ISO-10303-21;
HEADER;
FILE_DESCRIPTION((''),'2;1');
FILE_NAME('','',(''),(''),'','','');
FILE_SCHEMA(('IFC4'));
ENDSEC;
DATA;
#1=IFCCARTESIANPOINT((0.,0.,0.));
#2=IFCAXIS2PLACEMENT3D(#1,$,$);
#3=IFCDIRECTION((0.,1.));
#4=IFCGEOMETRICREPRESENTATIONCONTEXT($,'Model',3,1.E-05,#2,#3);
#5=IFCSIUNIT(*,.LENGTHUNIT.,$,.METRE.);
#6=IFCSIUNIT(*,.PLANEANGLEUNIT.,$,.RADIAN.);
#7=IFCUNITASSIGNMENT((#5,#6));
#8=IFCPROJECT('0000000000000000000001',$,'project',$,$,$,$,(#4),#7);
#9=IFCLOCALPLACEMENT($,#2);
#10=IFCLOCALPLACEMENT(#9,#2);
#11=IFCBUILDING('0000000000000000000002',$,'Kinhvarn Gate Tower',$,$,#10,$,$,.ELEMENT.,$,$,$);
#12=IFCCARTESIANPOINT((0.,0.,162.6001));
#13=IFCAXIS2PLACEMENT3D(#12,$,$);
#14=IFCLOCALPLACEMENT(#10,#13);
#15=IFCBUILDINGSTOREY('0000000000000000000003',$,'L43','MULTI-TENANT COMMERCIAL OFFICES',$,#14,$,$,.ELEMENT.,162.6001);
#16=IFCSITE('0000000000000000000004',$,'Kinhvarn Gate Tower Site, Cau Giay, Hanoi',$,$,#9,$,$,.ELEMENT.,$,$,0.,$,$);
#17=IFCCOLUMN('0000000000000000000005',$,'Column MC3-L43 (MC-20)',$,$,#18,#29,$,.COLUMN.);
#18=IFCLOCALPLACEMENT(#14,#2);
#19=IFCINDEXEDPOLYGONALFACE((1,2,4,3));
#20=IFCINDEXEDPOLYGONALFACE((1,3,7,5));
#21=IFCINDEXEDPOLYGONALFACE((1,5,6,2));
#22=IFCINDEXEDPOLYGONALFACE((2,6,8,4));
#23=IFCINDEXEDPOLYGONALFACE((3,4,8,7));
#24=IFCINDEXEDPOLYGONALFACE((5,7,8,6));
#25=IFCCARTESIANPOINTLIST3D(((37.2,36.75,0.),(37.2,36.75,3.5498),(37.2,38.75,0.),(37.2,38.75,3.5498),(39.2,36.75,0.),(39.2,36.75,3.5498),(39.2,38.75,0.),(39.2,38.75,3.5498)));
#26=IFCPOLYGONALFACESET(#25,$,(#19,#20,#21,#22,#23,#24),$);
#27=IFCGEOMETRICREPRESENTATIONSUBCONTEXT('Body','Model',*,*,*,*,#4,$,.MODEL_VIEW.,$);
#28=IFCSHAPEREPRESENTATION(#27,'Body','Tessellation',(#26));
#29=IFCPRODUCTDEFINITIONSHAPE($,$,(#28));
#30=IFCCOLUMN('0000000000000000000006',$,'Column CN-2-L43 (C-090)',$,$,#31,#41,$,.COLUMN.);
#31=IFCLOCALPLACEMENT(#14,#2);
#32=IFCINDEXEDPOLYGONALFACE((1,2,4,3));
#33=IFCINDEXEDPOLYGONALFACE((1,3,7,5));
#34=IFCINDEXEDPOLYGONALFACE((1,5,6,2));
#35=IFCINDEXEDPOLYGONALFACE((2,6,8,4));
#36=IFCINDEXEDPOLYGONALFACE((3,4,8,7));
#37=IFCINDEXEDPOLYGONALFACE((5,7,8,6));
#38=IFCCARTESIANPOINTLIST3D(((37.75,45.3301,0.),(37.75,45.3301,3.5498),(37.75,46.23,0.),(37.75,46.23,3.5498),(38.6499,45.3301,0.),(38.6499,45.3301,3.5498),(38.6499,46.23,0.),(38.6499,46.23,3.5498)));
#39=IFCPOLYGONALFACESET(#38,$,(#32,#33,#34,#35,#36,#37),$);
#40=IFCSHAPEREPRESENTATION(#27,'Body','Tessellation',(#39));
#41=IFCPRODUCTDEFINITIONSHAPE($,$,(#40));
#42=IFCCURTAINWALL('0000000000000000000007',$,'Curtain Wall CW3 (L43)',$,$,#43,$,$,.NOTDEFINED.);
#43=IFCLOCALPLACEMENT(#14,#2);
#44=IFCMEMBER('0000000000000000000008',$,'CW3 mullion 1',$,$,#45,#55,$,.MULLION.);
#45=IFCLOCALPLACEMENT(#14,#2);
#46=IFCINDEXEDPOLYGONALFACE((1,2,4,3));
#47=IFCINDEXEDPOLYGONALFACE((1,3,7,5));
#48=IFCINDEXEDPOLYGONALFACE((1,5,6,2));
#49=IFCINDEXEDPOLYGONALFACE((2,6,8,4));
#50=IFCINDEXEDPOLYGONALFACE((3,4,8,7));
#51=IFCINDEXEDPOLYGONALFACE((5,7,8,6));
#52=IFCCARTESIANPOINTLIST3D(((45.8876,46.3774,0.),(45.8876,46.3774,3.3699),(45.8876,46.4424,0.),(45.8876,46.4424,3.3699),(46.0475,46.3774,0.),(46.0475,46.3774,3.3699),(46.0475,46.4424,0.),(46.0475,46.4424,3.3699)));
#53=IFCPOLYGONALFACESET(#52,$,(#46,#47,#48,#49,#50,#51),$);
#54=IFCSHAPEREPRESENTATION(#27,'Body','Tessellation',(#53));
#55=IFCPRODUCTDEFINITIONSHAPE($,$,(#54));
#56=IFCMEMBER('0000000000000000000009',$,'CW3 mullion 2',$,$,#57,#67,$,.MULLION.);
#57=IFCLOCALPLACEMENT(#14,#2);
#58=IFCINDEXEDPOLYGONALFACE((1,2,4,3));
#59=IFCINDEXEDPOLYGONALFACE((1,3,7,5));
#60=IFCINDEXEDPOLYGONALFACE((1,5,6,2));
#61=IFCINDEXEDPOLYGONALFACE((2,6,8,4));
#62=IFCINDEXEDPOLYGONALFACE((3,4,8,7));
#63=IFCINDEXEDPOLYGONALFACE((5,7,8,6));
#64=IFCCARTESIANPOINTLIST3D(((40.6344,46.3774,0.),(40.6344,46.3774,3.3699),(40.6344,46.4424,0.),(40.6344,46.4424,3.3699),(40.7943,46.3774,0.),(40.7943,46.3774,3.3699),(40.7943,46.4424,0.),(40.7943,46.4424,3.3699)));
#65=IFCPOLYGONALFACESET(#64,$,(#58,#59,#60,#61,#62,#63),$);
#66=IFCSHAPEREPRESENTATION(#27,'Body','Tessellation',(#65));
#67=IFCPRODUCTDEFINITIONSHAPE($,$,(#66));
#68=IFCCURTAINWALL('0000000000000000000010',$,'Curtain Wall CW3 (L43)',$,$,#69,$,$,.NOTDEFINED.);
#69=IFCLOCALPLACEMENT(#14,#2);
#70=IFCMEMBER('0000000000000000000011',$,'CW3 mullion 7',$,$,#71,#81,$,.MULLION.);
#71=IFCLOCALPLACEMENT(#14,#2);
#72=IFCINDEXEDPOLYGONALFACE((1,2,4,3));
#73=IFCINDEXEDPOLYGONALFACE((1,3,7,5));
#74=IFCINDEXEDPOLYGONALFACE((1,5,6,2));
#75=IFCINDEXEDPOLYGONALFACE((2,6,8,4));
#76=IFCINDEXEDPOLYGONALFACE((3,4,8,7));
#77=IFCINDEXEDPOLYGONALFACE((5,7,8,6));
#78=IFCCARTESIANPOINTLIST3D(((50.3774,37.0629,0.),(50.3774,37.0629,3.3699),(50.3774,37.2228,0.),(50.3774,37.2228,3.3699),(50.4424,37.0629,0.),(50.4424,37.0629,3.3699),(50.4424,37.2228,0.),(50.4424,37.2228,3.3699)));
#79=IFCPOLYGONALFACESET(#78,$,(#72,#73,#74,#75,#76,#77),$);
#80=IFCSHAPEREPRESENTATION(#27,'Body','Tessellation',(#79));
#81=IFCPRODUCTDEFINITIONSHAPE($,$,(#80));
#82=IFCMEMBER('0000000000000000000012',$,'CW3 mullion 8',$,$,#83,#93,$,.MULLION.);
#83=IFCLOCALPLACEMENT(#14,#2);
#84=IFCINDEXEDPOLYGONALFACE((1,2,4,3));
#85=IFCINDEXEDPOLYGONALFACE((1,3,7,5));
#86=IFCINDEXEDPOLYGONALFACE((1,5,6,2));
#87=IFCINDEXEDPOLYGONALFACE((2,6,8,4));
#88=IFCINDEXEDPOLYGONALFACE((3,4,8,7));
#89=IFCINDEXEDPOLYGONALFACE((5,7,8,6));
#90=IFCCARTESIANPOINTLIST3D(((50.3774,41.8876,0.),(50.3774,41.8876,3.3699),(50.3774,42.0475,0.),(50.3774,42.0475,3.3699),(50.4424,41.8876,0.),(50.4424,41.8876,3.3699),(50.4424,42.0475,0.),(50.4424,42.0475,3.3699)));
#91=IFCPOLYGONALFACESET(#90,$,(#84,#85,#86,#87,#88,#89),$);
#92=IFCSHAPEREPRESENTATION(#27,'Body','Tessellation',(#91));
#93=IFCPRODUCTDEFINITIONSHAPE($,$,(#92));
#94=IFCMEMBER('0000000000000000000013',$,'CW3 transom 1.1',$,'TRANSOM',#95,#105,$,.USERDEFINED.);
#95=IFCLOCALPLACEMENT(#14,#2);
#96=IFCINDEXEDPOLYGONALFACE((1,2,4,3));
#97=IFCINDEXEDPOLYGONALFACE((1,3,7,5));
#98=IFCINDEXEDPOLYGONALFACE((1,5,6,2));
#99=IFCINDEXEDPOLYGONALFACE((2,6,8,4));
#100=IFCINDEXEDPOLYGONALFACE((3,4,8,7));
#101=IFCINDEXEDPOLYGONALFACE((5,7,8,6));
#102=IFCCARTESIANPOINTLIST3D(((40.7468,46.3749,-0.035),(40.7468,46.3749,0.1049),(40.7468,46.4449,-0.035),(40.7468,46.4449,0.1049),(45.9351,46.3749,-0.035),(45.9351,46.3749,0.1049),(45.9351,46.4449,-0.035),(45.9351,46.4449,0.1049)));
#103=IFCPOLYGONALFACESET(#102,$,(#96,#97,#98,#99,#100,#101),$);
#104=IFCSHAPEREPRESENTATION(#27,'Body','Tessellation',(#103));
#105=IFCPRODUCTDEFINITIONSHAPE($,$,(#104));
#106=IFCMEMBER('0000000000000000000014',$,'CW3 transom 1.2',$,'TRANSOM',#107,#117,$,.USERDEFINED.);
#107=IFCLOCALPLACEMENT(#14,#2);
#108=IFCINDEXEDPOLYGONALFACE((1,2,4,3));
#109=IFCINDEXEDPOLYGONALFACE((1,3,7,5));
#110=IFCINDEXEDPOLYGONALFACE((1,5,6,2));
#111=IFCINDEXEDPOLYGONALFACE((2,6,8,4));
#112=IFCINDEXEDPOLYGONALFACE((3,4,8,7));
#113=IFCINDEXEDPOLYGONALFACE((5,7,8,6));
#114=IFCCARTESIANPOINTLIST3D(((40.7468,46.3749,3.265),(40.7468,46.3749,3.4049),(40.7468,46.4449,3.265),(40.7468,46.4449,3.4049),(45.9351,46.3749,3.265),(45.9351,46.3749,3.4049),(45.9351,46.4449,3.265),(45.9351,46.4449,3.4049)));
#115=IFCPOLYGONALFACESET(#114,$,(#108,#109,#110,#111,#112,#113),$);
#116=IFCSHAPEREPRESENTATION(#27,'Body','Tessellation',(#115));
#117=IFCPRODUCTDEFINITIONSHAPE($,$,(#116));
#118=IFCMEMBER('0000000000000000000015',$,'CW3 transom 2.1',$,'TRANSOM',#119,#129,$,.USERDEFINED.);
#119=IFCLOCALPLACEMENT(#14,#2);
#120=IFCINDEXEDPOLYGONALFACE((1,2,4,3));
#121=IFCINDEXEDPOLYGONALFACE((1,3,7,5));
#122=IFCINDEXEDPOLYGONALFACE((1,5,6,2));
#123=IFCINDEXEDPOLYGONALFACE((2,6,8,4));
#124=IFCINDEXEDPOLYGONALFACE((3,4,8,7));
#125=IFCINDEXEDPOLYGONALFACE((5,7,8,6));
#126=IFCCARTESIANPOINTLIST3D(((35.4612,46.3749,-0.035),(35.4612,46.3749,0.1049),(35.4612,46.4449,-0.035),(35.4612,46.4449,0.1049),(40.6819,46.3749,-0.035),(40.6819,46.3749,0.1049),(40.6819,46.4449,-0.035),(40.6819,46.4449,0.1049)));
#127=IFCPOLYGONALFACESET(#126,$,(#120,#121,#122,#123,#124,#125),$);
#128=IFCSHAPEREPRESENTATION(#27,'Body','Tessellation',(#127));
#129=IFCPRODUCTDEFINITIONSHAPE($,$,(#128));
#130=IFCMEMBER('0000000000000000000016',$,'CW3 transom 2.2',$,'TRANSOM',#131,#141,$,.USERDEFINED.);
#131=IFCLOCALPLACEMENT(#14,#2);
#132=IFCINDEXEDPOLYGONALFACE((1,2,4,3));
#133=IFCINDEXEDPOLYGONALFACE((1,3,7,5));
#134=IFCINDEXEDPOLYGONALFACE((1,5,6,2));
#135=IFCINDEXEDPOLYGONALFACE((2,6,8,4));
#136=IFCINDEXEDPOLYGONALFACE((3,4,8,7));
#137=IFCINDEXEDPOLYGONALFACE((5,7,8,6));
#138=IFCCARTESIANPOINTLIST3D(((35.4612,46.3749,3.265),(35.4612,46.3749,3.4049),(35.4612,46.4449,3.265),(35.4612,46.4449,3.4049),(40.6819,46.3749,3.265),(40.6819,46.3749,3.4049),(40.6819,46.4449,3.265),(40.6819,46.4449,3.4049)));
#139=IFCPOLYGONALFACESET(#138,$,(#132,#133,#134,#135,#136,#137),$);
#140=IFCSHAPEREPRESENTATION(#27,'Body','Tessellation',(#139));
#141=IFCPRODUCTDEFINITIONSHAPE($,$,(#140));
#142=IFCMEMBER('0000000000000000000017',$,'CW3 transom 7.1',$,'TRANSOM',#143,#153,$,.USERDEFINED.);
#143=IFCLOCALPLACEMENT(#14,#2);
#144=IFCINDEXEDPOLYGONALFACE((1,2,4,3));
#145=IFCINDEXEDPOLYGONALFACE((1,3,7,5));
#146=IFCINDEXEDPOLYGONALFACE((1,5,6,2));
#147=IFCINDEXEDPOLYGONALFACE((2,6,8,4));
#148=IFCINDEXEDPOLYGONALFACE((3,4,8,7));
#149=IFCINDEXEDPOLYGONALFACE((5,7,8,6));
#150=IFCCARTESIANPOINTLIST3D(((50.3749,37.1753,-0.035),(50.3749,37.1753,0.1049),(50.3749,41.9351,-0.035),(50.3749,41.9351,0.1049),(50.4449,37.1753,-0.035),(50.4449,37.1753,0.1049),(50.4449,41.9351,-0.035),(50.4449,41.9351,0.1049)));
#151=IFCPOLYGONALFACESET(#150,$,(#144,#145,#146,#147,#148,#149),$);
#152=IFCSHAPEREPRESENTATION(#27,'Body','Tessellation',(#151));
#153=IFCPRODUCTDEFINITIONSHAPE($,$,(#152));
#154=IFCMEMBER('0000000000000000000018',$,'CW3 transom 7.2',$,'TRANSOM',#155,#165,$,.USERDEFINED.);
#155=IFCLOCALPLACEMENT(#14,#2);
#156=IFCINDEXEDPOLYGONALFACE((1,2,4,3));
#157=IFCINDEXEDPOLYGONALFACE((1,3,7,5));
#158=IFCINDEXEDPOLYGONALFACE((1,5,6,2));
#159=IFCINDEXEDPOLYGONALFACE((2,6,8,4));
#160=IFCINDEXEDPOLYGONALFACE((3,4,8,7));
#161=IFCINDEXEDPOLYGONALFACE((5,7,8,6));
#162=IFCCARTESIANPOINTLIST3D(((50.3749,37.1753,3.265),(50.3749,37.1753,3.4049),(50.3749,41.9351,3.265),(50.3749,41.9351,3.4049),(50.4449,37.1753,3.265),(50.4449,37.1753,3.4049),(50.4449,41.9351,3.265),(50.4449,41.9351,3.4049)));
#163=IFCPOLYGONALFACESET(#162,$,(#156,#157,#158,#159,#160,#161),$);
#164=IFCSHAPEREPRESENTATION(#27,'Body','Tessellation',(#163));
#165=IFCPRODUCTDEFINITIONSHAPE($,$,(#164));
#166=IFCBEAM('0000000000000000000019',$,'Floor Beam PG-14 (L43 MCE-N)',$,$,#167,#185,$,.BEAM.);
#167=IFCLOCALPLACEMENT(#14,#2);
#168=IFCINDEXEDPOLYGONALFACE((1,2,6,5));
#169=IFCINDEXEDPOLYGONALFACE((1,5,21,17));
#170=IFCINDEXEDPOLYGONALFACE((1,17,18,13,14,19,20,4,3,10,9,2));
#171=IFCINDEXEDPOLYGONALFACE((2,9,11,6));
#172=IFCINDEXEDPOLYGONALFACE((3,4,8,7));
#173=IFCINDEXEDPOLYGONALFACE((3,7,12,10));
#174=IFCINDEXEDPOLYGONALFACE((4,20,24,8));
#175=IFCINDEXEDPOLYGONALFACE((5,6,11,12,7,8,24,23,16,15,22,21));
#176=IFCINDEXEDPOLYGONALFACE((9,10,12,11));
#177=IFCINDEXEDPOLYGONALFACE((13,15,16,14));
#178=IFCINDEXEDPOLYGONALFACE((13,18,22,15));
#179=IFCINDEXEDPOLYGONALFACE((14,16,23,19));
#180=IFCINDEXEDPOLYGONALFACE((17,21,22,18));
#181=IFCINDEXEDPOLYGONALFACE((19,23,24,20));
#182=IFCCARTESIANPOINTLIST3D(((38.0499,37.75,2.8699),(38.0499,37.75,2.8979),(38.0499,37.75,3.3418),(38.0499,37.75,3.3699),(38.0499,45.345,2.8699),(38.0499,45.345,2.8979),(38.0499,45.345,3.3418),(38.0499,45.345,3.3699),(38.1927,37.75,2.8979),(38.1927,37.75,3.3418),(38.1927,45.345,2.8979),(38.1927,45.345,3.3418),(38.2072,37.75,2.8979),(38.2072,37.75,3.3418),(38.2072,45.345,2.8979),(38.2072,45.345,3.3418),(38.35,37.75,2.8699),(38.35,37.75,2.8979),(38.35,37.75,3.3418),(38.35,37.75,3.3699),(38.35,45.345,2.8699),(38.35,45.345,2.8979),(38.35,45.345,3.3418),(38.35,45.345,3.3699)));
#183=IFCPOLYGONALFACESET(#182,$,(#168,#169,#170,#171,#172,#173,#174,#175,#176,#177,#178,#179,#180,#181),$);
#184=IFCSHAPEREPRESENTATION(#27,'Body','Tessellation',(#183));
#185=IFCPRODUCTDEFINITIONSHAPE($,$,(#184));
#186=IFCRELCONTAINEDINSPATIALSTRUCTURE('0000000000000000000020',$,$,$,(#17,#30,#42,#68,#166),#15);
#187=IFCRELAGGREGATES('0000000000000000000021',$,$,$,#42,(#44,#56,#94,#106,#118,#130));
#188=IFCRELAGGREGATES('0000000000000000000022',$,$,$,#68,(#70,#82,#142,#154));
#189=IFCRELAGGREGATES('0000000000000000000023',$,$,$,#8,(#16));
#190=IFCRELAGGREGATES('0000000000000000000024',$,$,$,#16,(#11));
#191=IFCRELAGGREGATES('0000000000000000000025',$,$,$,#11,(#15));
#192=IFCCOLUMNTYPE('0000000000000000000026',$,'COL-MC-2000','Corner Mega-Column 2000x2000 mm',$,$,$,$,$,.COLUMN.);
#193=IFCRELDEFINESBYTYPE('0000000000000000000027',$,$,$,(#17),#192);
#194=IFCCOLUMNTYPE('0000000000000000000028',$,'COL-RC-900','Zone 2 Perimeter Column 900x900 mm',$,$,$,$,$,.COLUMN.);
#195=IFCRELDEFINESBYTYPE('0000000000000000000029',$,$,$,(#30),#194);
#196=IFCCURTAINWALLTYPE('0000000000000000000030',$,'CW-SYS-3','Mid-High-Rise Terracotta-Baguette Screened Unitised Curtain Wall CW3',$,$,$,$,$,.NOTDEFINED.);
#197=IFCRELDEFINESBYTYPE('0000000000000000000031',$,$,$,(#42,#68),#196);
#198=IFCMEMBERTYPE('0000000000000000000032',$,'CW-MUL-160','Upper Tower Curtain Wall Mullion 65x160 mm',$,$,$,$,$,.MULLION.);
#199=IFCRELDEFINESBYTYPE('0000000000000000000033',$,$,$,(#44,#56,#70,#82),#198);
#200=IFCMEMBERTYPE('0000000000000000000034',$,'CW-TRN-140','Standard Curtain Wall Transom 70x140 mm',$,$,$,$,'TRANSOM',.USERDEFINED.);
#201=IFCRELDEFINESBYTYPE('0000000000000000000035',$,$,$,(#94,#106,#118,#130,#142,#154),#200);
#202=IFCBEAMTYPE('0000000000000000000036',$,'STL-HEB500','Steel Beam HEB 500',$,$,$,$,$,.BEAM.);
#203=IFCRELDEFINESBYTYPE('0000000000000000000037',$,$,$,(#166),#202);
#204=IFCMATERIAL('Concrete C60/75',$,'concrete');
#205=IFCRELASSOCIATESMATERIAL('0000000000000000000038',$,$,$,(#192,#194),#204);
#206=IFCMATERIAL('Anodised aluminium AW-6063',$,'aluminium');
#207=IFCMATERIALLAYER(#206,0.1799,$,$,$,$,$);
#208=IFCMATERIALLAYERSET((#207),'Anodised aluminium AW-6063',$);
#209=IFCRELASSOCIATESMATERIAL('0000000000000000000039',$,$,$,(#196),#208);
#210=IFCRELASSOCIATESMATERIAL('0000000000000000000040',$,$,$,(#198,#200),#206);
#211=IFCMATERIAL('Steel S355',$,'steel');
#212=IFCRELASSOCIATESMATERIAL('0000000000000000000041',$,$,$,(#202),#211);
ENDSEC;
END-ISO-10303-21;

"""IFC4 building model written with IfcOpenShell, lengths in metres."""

from ifc_helpers import new_model, si_unit, direction, frame, origin, origin_2d, place, context, subcontext, project, spatial, rectangle, i_section, extrude, material, layer, layer_set, material_profile, profile_set, type_object, element, aggregate, save


model = new_model("IFC4")

# Units and contexts
model_context = context("Model", 3, precision=1e-05, world=origin(), true_north=direction((0.0, 1.0)))
body_context = subcontext(model_context, "Body", "Model", "MODEL_VIEW")
ifc_project = project(units=[si_unit("LENGTHUNIT", "METRE"), si_unit("PLANEANGLEUNIT", "RADIAN")], contexts=[model_context])

# Site, building, storey
site_placement = place(None, origin())
site = spatial("IfcSite", under=ifc_project, at=site_placement, Name="Kinhvarn Gate Tower Site, Cau Giay, Hanoi", CompositionType="ELEMENT", RefElevation=0.0)
building_placement = place(site_placement, origin())
building = spatial("IfcBuilding", under=site, at=building_placement, Name="Kinhvarn Gate Tower", CompositionType="ELEMENT")
storey_placement = place(building_placement, frame((0.0, 0.0, 162.6001)))
storey = spatial("IfcBuildingStorey", under=building, at=storey_placement, Name="L43", Description="MULTI-TENANT COMMERCIAL OFFICES", CompositionType="ELEMENT", Elevation=162.6001)

# Columns
ifc_material_1 = material(Name="Concrete C60/75", Category="concrete")
ifc_material_profile_1 = material_profile(ifc_material_1, rectangle(XDim=2.0, YDim=2.0, at=origin_2d()), Name="RC 2000x2000")
ifc_profile_set_1 = profile_set([ifc_material_profile_1], Name="Concrete C60/75")
column_type_1 = type_object("IfcColumnType", Name="COL-MC-2000", Description="Corner Mega-Column 2000x2000 mm", PredefinedType="COLUMN", material=ifc_profile_set_1)
column_1_placement = place(storey_placement, frame((38.2, 37.75, 0.0), z_axis=(0.0, 0.0, 1.0), x_axis=(1.0, 0.0, 0.0)))
element("IfcColumn", 1, at=column_1_placement, inside=storey, type_object=column_type_1, Name="Column MC3-L43 (MC-20)", PredefinedType="COLUMN", context=body_context, shape_type="SweptSolid", body=[
    extrude(rectangle(XDim=2.0, YDim=2.0, at=origin_2d()), origin(), (0.0, 0.0, 1.0), 3.5498),
])
ifc_material_profile_2 = material_profile(ifc_material_1, rectangle(XDim=0.8999, YDim=0.8999, at=origin_2d()), Name="RC 900x900")
ifc_profile_set_2 = profile_set([ifc_material_profile_2], Name="Concrete C60/75")
column_type_2 = type_object("IfcColumnType", Name="COL-RC-900", Description="Zone 2 Perimeter Column 900x900 mm", PredefinedType="COLUMN", material=ifc_profile_set_2)
column_2_placement = place(storey_placement, frame((38.2, 45.78, 0.0), z_axis=(0.0, 0.0, 1.0), x_axis=(1.0, 0.0, 0.0)))
element("IfcColumn", 2, at=column_2_placement, inside=storey, type_object=column_type_2, Name="Column CN-2-L43 (C-090)", PredefinedType="COLUMN", context=body_context, shape_type="SweptSolid", body=[
    extrude(rectangle(XDim=0.8999, YDim=0.8999, at=origin_2d()), origin(), (0.0, 0.0, 1.0), 3.5498),
])

# Curtain walls, members
ifc_material_2 = material(Name="Anodised aluminium AW-6063", Category="aluminium")
ifc_layer_1 = layer(ifc_material_2, 0.1799)
ifc_layer_set_1 = layer_set([ifc_layer_1], Name="Anodised aluminium AW-6063")
curtain_wall_type = type_object("IfcCurtainWallType", Name="CW-SYS-3", Description="Mid-High-Rise Terracotta-Baguette Screened Unitised Curtain Wall CW3", PredefinedType="NOTDEFINED", material=ifc_layer_set_1)
curtain_wall_1_placement = place(storey_placement, origin())
curtain_wall_1 = element("IfcCurtainWall", 3, at=curtain_wall_1_placement, inside=storey, type_object=curtain_wall_type, Name="Curtain Wall CW3 (L43)", PredefinedType="NOTDEFINED")
ifc_material_profile_3 = material_profile(ifc_material_2, rectangle(XDim=0.0649, YDim=0.1599, at=origin_2d()), Name="ALU 65x160")
ifc_profile_set_3 = profile_set([ifc_material_profile_3], Name="Anodised aluminium AW-6063")
member_type_1 = type_object("IfcMemberType", Name="CW-MUL-160", Description="Upper Tower Curtain Wall Mullion 65x160 mm", PredefinedType="MULLION", material=ifc_profile_set_3)
member_1_placement = place(storey_placement, frame((45.9675, 46.4099, 0.0), z_axis=(0.0, 0.0, 1.0), x_axis=(0.0, -1.0, 0.0)))
member_1 = element("IfcMember", 4, at=member_1_placement, type_object=member_type_1, Name="CW3 mullion 1", PredefinedType="MULLION", context=body_context, shape_type="SweptSolid", body=[
    extrude(rectangle(XDim=0.0649, YDim=0.1599, at=origin_2d()), origin(), (0.0, 0.0, 1.0), 3.3699),
])
member_2_placement = place(storey_placement, frame((40.7144, 46.4099, 0.0), z_axis=(0.0, 0.0, 1.0), x_axis=(0.0, -1.0, 0.0)))
member_2 = element("IfcMember", 5, at=member_2_placement, type_object=member_type_1, Name="CW3 mullion 2", PredefinedType="MULLION", context=body_context, shape_type="SweptSolid", body=[
    extrude(rectangle(XDim=0.0649, YDim=0.1599, at=origin_2d()), origin(), (0.0, 0.0, 1.0), 3.3699),
])
curtain_wall_2_placement = place(storey_placement, origin())
curtain_wall_2 = element("IfcCurtainWall", 6, at=curtain_wall_2_placement, inside=storey, type_object=curtain_wall_type, Name="Curtain Wall CW3 (L43)", PredefinedType="NOTDEFINED")
member_3_placement = place(storey_placement, frame((50.4099, 37.1428, 0.0), z_axis=(0.0, 0.0, 1.0), x_axis=(-1.0, 0.0, 0.0)))
member_3 = element("IfcMember", 7, at=member_3_placement, type_object=member_type_1, Name="CW3 mullion 7", PredefinedType="MULLION", context=body_context, shape_type="SweptSolid", body=[
    extrude(rectangle(XDim=0.0649, YDim=0.1599, at=origin_2d()), origin(), (0.0, 0.0, 1.0), 3.3699),
])
member_4_placement = place(storey_placement, frame((50.4099, 41.9675, 0.0), z_axis=(0.0, 0.0, 1.0), x_axis=(-1.0, 0.0, 0.0)))
member_4 = element("IfcMember", 8, at=member_4_placement, type_object=member_type_1, Name="CW3 mullion 8", PredefinedType="MULLION", context=body_context, shape_type="SweptSolid", body=[
    extrude(rectangle(XDim=0.0649, YDim=0.1599, at=origin_2d()), origin(), (0.0, 0.0, 1.0), 3.3699),
])

# Members
ifc_material_profile_4 = material_profile(ifc_material_2, rectangle(XDim=0.0701, YDim=0.1399, at=origin_2d()), Name="ALU 70x140")
ifc_profile_set_4 = profile_set([ifc_material_profile_4], Name="Anodised aluminium AW-6063")
member_type_2 = type_object("IfcMemberType", Name="CW-TRN-140", Description="Standard Curtain Wall Transom 70x140 mm", ElementType="TRANSOM", PredefinedType="USERDEFINED", material=ifc_profile_set_4)
member_5_placement = place(storey_placement, frame((45.9351, 46.4099, 0.0349), z_axis=(-1.0, 0.0, 0.0), x_axis=(0.0, -1.0, 0.0)))
member_5 = element("IfcMember", 9, at=member_5_placement, type_object=member_type_2, Name="CW3 transom 1.1", ObjectType="TRANSOM", PredefinedType="USERDEFINED", context=body_context, shape_type="SweptSolid", body=[
    extrude(rectangle(XDim=0.0701, YDim=0.1399, at=origin_2d()), origin(), (0.0, 0.0, 1.0), 5.1882),
])
member_6_placement = place(storey_placement, frame((45.9351, 46.4099, 3.335), z_axis=(-1.0, 0.0, 0.0), x_axis=(0.0, -1.0, 0.0)))
member_6 = element("IfcMember", 10, at=member_6_placement, type_object=member_type_2, Name="CW3 transom 1.2", ObjectType="TRANSOM", PredefinedType="USERDEFINED", context=body_context, shape_type="SweptSolid", body=[
    extrude(rectangle(XDim=0.0701, YDim=0.1399, at=origin_2d()), origin(), (0.0, 0.0, 1.0), 5.1882),
])
member_7_placement = place(storey_placement, frame((40.6819, 46.4099, 0.0349), z_axis=(-1.0, 0.0, 0.0), x_axis=(0.0, -1.0, 0.0)))
member_7 = element("IfcMember", 11, at=member_7_placement, type_object=member_type_2, Name="CW3 transom 2.1", ObjectType="TRANSOM", PredefinedType="USERDEFINED", context=body_context, shape_type="SweptSolid", body=[
    extrude(rectangle(XDim=0.0701, YDim=0.1399, at=origin_2d()), origin(), (0.0, 0.0, 1.0), 5.2207),
])
member_8_placement = place(storey_placement, frame((40.6819, 46.4099, 3.335), z_axis=(-1.0, 0.0, 0.0), x_axis=(0.0, -1.0, 0.0)))
member_8 = element("IfcMember", 12, at=member_8_placement, type_object=member_type_2, Name="CW3 transom 2.2", ObjectType="TRANSOM", PredefinedType="USERDEFINED", context=body_context, shape_type="SweptSolid", body=[
    extrude(rectangle(XDim=0.0701, YDim=0.1399, at=origin_2d()), origin(), (0.0, 0.0, 1.0), 5.2207),
])
member_9_placement = place(storey_placement, frame((50.4099, 37.1753, 0.0349), z_axis=(0.0, 1.0, 0.0), x_axis=(-1.0, 0.0, 0.0)))
member_9 = element("IfcMember", 13, at=member_9_placement, type_object=member_type_2, Name="CW3 transom 7.1", ObjectType="TRANSOM", PredefinedType="USERDEFINED", context=body_context, shape_type="SweptSolid", body=[
    extrude(rectangle(XDim=0.0701, YDim=0.1399, at=origin_2d()), origin(), (0.0, 0.0, 1.0), 4.7598),
])
member_10_placement = place(storey_placement, frame((50.4099, 37.1753, 3.335), z_axis=(0.0, 1.0, 0.0), x_axis=(-1.0, 0.0, 0.0)))
member_10 = element("IfcMember", 14, at=member_10_placement, type_object=member_type_2, Name="CW3 transom 7.2", ObjectType="TRANSOM", PredefinedType="USERDEFINED", context=body_context, shape_type="SweptSolid", body=[
    extrude(rectangle(XDim=0.0701, YDim=0.1399, at=origin_2d()), origin(), (0.0, 0.0, 1.0), 4.7598),
])

# Beam
ifc_material_3 = material(Name="Steel S355", Category="steel")
ifc_material_profile_5 = material_profile(ifc_material_3, i_section(OverallWidth=0.3, OverallDepth=0.5, WebThickness=0.0144, FlangeThickness=0.0281, at=origin_2d()), Name="HEB 500")
ifc_profile_set_5 = profile_set([ifc_material_profile_5], Name="Steel S355")
beam_type = type_object("IfcBeamType", Name="STL-HEB500", Description="Steel Beam HEB 500", PredefinedType="BEAM", material=ifc_profile_set_5)
beam_placement = place(storey_placement, frame((38.2, 37.75, 3.1199), z_axis=(0.0, 1.0, 0.0), x_axis=(-1.0, 0.0, 0.0)))
element("IfcBeam", 15, at=beam_placement, inside=storey, type_object=beam_type, Name="Floor Beam PG-14 (L43 MCE-N)", PredefinedType="BEAM", context=body_context, shape_type="SweptSolid", body=[
    extrude(i_section(OverallWidth=0.3, OverallDepth=0.5, WebThickness=0.0144, FlangeThickness=0.0281, at=origin_2d()), origin(), (0.0, 0.0, 1.0), 7.595),
])

aggregate(curtain_wall_1, [member_1, member_2, member_5, member_6, member_7, member_8])
aggregate(curtain_wall_2, [member_3, member_4, member_9, member_10])

save(model, "model.ifc")
